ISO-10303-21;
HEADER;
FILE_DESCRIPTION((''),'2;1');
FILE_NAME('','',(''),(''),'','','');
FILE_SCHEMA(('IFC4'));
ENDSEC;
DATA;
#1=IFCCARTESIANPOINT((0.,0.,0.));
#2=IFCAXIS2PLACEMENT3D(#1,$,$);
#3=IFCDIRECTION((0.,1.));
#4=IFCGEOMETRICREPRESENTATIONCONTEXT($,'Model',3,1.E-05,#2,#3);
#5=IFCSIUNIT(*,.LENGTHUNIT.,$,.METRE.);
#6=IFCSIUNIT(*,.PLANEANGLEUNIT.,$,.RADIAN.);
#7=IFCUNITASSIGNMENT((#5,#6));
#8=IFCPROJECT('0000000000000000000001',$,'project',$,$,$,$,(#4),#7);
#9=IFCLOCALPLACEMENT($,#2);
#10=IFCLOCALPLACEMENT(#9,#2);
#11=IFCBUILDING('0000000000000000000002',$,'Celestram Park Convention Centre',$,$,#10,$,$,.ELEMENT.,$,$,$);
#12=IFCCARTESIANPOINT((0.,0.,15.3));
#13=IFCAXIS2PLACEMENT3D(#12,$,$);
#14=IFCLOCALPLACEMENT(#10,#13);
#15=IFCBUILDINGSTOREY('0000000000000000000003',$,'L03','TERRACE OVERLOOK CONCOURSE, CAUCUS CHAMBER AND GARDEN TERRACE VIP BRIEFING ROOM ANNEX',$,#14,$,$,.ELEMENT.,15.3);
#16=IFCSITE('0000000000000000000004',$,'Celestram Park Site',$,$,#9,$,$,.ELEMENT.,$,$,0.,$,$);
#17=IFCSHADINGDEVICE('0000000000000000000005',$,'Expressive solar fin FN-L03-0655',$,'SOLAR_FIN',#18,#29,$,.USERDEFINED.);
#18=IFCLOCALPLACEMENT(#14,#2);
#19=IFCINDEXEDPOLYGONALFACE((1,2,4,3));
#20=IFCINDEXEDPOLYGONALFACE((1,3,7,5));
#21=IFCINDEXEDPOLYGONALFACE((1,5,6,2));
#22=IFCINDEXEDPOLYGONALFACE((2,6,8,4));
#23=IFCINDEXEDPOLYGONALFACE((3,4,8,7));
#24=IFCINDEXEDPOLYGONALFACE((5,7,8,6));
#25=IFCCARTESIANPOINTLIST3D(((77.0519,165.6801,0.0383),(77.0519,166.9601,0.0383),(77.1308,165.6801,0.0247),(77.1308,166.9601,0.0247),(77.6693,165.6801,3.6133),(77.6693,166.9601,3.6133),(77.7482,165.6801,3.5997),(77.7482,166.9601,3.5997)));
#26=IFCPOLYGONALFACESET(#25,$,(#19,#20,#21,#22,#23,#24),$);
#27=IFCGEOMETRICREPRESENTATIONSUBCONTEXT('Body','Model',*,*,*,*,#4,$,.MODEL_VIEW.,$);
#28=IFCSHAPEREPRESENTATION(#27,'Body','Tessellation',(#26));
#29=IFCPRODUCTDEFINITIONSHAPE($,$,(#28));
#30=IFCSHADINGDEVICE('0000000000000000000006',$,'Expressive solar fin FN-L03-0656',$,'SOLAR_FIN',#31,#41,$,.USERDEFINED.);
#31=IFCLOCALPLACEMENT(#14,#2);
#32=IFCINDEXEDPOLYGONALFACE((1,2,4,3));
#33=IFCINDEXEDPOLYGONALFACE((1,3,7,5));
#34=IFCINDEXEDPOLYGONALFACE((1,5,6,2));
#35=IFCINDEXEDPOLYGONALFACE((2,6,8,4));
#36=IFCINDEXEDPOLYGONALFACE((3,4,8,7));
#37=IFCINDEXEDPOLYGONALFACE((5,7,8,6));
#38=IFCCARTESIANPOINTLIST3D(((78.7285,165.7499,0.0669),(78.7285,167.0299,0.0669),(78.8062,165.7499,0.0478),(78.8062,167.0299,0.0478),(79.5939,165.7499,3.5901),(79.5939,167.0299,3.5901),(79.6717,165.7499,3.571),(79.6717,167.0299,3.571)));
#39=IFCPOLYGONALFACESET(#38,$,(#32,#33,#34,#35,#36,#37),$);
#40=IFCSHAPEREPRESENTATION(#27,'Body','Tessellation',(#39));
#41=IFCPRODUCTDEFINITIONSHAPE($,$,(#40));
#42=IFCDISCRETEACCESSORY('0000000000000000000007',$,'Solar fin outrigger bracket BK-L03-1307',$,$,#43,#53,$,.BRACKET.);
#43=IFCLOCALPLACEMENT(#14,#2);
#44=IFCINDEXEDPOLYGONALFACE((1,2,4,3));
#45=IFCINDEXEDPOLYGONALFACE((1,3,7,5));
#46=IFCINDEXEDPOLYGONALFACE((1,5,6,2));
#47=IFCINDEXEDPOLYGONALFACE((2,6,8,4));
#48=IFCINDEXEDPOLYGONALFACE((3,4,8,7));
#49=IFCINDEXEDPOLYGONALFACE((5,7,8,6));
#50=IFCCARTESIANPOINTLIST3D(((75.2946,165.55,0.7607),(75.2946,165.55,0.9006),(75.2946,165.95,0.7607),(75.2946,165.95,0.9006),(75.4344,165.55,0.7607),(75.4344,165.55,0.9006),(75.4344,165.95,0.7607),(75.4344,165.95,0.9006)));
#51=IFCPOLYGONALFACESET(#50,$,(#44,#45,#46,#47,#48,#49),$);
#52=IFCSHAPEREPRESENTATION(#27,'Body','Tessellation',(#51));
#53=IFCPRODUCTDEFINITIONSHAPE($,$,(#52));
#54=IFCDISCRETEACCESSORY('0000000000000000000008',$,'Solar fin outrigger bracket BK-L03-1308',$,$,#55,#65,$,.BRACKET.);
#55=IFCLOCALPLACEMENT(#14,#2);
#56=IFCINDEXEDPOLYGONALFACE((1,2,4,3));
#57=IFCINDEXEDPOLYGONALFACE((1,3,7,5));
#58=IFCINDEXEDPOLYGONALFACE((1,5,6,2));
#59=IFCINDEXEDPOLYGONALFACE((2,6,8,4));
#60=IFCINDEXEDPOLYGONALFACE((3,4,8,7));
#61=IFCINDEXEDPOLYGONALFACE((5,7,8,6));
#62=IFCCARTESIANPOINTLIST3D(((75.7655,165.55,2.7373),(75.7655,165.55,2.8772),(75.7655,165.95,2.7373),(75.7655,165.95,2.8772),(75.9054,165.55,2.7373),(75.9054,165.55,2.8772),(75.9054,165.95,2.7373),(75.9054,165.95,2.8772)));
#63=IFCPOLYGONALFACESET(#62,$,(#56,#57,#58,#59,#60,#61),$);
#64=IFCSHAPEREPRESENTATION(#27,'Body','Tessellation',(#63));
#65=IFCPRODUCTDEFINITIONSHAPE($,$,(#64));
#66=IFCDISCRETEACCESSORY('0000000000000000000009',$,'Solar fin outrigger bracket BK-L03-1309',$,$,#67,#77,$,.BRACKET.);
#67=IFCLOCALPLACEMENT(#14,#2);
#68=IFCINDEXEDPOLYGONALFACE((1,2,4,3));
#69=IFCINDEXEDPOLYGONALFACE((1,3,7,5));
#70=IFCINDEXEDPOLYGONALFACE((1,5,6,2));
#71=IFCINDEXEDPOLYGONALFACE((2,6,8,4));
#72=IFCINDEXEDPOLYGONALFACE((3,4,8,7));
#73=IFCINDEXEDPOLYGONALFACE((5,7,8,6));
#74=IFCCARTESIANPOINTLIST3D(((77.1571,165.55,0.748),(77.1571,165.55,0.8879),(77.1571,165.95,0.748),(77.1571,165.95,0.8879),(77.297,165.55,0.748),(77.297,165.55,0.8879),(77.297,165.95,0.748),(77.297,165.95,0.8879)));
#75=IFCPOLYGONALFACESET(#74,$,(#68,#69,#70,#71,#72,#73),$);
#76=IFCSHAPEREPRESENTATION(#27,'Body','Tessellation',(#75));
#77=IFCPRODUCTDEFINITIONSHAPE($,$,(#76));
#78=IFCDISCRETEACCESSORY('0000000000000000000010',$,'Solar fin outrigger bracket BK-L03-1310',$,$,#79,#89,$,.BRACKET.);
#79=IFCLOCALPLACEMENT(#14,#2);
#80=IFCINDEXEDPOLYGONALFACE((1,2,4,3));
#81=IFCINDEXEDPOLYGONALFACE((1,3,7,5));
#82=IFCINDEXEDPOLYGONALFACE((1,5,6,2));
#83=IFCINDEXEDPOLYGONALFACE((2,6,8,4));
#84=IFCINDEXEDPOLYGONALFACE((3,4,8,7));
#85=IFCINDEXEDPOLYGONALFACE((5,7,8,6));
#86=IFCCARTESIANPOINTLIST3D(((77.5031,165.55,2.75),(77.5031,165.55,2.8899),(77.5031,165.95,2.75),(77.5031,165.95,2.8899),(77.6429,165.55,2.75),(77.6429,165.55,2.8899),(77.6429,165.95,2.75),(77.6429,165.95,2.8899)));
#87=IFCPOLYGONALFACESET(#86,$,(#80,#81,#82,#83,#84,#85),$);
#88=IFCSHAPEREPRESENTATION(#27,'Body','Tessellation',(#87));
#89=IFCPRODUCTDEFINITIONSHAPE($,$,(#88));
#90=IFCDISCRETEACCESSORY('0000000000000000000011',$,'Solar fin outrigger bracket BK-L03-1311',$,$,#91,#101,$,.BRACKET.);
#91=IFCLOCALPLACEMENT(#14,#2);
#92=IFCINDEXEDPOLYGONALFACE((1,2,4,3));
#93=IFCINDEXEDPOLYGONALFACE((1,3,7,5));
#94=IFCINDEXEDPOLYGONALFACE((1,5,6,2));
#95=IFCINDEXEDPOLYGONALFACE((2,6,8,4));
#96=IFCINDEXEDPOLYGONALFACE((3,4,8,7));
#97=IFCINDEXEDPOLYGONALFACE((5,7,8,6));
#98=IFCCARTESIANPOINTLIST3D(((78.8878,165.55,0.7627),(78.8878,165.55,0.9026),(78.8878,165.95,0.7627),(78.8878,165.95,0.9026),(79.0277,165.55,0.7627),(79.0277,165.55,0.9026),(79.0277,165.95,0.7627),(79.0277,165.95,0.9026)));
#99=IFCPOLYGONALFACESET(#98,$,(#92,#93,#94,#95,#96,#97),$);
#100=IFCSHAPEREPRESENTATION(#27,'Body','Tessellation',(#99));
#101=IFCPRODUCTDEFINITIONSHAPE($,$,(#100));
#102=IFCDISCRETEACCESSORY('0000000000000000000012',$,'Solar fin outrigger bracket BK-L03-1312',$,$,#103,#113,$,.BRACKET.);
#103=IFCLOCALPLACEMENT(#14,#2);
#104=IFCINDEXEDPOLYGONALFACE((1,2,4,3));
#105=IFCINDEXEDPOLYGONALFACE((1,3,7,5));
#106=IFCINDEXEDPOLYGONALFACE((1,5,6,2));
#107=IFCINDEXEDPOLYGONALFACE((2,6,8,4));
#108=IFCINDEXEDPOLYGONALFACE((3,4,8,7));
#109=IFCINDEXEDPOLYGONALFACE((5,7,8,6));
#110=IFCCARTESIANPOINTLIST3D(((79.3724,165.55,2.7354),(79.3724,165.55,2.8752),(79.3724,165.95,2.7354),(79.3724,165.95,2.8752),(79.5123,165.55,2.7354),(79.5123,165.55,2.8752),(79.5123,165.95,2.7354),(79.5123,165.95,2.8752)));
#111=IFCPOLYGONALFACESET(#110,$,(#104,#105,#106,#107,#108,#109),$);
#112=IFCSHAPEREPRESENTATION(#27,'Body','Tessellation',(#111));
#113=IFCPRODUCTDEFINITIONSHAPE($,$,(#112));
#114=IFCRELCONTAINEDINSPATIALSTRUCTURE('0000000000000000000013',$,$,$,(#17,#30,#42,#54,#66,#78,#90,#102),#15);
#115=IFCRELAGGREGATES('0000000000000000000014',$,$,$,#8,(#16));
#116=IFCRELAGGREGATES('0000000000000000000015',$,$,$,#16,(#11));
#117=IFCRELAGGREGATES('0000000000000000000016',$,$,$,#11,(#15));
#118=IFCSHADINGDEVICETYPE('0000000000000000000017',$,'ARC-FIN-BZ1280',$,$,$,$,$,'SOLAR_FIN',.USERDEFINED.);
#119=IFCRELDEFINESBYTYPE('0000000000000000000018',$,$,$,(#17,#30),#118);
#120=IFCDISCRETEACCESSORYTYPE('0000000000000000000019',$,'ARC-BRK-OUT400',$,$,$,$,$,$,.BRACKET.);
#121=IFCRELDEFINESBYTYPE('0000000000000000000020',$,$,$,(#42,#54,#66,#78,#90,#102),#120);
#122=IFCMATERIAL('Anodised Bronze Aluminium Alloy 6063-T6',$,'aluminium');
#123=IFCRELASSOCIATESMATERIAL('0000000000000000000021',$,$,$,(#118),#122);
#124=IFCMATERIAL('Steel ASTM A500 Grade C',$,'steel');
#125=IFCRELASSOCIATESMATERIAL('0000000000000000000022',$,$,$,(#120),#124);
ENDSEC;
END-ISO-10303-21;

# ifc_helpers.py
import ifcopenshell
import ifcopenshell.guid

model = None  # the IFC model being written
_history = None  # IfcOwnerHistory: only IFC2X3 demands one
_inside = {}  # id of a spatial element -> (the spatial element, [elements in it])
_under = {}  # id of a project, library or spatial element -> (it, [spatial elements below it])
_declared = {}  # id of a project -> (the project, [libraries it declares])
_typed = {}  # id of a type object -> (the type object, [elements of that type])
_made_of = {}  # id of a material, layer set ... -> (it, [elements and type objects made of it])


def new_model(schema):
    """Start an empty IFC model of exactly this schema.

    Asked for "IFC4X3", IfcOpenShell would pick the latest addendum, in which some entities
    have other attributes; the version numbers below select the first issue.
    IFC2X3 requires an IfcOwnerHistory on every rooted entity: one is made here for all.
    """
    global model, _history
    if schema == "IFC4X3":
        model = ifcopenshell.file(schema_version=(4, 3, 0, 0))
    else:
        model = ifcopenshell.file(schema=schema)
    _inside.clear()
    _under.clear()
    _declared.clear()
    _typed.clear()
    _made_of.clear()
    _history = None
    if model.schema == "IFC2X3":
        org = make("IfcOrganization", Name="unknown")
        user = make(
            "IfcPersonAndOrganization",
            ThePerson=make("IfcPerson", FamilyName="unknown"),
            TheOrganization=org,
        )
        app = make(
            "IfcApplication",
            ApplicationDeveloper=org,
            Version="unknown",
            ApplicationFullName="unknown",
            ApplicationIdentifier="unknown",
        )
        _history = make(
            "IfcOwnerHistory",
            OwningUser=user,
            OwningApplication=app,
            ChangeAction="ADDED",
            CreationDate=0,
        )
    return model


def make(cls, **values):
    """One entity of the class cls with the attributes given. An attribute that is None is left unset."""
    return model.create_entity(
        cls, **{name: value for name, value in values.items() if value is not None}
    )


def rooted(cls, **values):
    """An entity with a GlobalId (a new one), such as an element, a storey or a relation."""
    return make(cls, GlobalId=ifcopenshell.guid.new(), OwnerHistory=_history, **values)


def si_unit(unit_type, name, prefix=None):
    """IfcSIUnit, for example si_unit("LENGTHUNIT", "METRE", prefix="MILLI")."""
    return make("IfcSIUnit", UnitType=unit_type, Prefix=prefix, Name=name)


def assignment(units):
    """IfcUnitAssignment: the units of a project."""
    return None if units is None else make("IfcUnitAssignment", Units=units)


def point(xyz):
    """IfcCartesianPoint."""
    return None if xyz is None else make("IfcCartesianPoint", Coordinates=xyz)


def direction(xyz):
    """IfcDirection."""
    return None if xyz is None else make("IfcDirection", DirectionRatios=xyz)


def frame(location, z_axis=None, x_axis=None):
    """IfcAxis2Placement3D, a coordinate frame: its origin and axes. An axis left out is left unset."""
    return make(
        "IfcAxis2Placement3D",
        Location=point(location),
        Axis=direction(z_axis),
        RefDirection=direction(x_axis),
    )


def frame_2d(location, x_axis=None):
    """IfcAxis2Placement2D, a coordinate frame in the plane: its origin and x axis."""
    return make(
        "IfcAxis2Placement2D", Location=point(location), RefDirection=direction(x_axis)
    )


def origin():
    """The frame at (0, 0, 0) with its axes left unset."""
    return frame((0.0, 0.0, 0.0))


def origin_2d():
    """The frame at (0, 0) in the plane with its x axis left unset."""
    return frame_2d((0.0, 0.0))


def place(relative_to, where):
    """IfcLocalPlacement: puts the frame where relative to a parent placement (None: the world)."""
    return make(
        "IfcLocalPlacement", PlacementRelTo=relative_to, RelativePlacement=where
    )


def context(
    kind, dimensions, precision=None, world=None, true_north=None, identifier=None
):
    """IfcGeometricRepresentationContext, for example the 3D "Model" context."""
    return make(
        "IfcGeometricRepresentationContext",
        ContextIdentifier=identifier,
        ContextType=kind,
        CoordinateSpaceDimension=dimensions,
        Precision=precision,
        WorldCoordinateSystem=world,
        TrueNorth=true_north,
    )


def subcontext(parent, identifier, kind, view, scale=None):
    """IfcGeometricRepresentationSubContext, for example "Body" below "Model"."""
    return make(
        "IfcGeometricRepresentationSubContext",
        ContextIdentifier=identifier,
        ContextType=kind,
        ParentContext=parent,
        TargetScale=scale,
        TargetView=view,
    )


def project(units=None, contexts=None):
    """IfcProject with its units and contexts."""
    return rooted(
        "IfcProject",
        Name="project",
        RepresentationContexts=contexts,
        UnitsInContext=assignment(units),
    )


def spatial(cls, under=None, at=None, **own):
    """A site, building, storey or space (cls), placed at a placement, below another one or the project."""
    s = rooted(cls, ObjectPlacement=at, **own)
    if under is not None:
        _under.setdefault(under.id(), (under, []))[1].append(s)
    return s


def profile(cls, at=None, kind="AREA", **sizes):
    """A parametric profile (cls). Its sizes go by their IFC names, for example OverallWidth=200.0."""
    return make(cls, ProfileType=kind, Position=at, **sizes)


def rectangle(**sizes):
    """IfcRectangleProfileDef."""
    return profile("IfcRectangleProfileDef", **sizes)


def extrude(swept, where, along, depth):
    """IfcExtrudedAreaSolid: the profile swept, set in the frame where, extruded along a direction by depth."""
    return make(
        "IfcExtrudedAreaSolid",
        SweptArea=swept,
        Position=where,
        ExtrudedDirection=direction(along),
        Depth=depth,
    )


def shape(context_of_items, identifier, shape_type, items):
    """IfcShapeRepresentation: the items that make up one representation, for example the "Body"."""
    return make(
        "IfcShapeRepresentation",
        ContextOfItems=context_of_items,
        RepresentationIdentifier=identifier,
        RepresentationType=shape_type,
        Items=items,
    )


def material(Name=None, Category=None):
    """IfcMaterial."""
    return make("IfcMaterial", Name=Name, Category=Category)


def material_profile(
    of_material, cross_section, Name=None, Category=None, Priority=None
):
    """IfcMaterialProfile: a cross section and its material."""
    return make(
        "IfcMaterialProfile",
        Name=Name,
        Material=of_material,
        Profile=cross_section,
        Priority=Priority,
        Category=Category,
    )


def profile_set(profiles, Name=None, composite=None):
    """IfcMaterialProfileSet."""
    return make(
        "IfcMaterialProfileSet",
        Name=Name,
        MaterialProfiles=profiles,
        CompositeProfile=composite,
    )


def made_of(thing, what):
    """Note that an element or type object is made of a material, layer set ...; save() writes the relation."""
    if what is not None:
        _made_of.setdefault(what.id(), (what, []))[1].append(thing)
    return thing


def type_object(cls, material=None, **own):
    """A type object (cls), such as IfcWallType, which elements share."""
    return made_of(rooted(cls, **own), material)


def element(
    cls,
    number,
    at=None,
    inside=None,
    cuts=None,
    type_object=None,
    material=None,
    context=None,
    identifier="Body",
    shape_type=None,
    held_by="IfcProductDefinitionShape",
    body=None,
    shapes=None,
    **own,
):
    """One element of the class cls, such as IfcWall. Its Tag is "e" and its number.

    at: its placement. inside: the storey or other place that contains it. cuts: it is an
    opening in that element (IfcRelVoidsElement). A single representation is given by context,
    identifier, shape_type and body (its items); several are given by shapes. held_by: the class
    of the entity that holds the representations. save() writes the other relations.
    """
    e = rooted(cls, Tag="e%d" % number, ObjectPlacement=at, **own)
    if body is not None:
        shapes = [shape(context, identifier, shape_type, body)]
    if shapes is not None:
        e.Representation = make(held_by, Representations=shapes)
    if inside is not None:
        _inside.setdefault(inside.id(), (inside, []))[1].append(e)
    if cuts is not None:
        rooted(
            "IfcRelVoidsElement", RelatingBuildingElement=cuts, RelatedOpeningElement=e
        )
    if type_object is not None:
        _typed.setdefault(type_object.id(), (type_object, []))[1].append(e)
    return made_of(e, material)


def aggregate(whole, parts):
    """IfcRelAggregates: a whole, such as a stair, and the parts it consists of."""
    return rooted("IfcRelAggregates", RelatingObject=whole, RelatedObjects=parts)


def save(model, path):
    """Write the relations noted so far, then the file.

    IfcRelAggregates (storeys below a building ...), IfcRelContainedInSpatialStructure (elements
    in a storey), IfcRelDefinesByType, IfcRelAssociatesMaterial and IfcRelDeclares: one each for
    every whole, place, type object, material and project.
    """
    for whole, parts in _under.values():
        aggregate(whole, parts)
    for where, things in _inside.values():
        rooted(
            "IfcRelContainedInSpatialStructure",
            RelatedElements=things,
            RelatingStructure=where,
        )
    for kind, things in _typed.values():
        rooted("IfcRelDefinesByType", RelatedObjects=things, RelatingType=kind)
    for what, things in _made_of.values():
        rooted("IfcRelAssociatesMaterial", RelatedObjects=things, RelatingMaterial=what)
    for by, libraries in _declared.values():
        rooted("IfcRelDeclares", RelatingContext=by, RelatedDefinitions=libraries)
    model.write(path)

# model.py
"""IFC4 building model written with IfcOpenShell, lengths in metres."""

from ifc_helpers import new_model, si_unit, direction, frame, origin, origin_2d, place, context, subcontext, project, spatial, rectangle, extrude, material, material_profile, profile_set, type_object, element, save


model = new_model("IFC4")

# Units and contexts
model_context = context("Model", 3, precision=1e-05, world=origin(), true_north=direction((0.0, 1.0)))
body_context = subcontext(model_context, "Body", "Model", "MODEL_VIEW")
ifc_project = project(units=[si_unit("LENGTHUNIT", "METRE"), si_unit("PLANEANGLEUNIT", "RADIAN")], contexts=[model_context])

# Site, building, storey
site_placement = place(None, origin())
site = spatial("IfcSite", under=ifc_project, at=site_placement, Name="Celestram Park Site", CompositionType="ELEMENT", RefElevation=0.0)
building_placement = place(site_placement, origin())
building = spatial("IfcBuilding", under=site, at=building_placement, Name="Celestram Park Convention Centre", CompositionType="ELEMENT")
storey_placement = place(building_placement, frame((0.0, 0.0, 15.3)))
storey = spatial("IfcBuildingStorey", under=building, at=storey_placement, Name="L03", Description="TERRACE OVERLOOK CONCOURSE, CAUCUS CHAMBER AND GARDEN TERRACE VIP BRIEFING ROOM ANNEX", CompositionType="ELEMENT", Elevation=15.3)

# Shading devices
ifc_material_1 = material(Name="Anodised Bronze Aluminium Alloy 6063-T6", Category="aluminium")
ifc_material_profile_1 = material_profile(ifc_material_1, rectangle(XDim=1.28, YDim=0.0801, at=origin_2d()), Name="FIN1280X80")
ifc_profile_set_1 = profile_set([ifc_material_profile_1], Name="Anodised Bronze Aluminium Alloy 6063-T6")
shading_device_type = type_object("IfcShadingDeviceType", Name="ARC-FIN-BZ1280", ElementType="SOLAR_FIN", PredefinedType="USERDEFINED", material=ifc_profile_set_1)
for number, where, z_axis, x_axis, name in (
    (1, (77.0913, 166.3201, 0.0315), (0.170191, 0.0, 0.985411), (0.0, 1.0, 0.0), "Expressive solar fin FN-L03-0655"),
    (2, (78.7673, 166.3899, 0.0574), (0.238559, 0.0, 0.971128), (0.0, 1.0, 0.0), "Expressive solar fin FN-L03-0656"),
):
    element("IfcShadingDevice", number, at=place(storey_placement, frame(where, z_axis=z_axis, x_axis=x_axis)), inside=storey, type_object=shading_device_type, Name=name, ObjectType="SOLAR_FIN", PredefinedType="USERDEFINED", context=body_context, shape_type="SweptSolid", body=[
        extrude(rectangle(XDim=1.28, YDim=0.0801, at=origin_2d()), origin(), (0.0, 0.0, 1.0), 3.6279),
    ])

# Discrete accessories
ifc_material_2 = material(Name="Steel ASTM A500 Grade C", Category="steel")
discrete_accessory_type = type_object("IfcDiscreteAccessoryType", Name="ARC-BRK-OUT400", PredefinedType="BRACKET", material=ifc_material_2)
for number, where, z_axis, x_axis, name in (
    (3, (75.3645, 165.75, 0.7607), (0.0, 0.0, 1.0), (0.0, 1.0, 0.0), "Solar fin outrigger bracket BK-L03-1307"),
    (4, (75.8354, 165.75, 2.7373), (0.0, 0.0, 1.0), (0.0, 1.0, 0.0), "Solar fin outrigger bracket BK-L03-1308"),
    (5, (77.2271, 165.75, 0.748), (0.0, 0.0, 1.0), (0.0, 1.0, 0.0), "Solar fin outrigger bracket BK-L03-1309"),
    (6, (77.573, 165.75, 2.75), (0.0, 0.0, 1.0), (0.0, 1.0, 0.0), "Solar fin outrigger bracket BK-L03-1310"),
    (7, (78.9578, 165.75, 0.7627), (0.0, 0.0, 1.0), (0.0, 1.0, 0.0), "Solar fin outrigger bracket BK-L03-1311"),
    (8, (79.4424, 165.75, 2.7354), (0.0, 0.0, 1.0), (0.0, 1.0, 0.0), "Solar fin outrigger bracket BK-L03-1312"),
):
    element("IfcDiscreteAccessory", number, at=place(storey_placement, frame(where, z_axis=z_axis, x_axis=x_axis)), inside=storey, type_object=discrete_accessory_type, Name=name, PredefinedType="BRACKET", context=body_context, shape_type="SweptSolid", body=[
        extrude(rectangle(XDim=0.3999, YDim=0.1399, at=origin_2d()), origin(), (0.0, 0.0, 1.0), 0.1399),
    ])

save(model, "model.ifc")
